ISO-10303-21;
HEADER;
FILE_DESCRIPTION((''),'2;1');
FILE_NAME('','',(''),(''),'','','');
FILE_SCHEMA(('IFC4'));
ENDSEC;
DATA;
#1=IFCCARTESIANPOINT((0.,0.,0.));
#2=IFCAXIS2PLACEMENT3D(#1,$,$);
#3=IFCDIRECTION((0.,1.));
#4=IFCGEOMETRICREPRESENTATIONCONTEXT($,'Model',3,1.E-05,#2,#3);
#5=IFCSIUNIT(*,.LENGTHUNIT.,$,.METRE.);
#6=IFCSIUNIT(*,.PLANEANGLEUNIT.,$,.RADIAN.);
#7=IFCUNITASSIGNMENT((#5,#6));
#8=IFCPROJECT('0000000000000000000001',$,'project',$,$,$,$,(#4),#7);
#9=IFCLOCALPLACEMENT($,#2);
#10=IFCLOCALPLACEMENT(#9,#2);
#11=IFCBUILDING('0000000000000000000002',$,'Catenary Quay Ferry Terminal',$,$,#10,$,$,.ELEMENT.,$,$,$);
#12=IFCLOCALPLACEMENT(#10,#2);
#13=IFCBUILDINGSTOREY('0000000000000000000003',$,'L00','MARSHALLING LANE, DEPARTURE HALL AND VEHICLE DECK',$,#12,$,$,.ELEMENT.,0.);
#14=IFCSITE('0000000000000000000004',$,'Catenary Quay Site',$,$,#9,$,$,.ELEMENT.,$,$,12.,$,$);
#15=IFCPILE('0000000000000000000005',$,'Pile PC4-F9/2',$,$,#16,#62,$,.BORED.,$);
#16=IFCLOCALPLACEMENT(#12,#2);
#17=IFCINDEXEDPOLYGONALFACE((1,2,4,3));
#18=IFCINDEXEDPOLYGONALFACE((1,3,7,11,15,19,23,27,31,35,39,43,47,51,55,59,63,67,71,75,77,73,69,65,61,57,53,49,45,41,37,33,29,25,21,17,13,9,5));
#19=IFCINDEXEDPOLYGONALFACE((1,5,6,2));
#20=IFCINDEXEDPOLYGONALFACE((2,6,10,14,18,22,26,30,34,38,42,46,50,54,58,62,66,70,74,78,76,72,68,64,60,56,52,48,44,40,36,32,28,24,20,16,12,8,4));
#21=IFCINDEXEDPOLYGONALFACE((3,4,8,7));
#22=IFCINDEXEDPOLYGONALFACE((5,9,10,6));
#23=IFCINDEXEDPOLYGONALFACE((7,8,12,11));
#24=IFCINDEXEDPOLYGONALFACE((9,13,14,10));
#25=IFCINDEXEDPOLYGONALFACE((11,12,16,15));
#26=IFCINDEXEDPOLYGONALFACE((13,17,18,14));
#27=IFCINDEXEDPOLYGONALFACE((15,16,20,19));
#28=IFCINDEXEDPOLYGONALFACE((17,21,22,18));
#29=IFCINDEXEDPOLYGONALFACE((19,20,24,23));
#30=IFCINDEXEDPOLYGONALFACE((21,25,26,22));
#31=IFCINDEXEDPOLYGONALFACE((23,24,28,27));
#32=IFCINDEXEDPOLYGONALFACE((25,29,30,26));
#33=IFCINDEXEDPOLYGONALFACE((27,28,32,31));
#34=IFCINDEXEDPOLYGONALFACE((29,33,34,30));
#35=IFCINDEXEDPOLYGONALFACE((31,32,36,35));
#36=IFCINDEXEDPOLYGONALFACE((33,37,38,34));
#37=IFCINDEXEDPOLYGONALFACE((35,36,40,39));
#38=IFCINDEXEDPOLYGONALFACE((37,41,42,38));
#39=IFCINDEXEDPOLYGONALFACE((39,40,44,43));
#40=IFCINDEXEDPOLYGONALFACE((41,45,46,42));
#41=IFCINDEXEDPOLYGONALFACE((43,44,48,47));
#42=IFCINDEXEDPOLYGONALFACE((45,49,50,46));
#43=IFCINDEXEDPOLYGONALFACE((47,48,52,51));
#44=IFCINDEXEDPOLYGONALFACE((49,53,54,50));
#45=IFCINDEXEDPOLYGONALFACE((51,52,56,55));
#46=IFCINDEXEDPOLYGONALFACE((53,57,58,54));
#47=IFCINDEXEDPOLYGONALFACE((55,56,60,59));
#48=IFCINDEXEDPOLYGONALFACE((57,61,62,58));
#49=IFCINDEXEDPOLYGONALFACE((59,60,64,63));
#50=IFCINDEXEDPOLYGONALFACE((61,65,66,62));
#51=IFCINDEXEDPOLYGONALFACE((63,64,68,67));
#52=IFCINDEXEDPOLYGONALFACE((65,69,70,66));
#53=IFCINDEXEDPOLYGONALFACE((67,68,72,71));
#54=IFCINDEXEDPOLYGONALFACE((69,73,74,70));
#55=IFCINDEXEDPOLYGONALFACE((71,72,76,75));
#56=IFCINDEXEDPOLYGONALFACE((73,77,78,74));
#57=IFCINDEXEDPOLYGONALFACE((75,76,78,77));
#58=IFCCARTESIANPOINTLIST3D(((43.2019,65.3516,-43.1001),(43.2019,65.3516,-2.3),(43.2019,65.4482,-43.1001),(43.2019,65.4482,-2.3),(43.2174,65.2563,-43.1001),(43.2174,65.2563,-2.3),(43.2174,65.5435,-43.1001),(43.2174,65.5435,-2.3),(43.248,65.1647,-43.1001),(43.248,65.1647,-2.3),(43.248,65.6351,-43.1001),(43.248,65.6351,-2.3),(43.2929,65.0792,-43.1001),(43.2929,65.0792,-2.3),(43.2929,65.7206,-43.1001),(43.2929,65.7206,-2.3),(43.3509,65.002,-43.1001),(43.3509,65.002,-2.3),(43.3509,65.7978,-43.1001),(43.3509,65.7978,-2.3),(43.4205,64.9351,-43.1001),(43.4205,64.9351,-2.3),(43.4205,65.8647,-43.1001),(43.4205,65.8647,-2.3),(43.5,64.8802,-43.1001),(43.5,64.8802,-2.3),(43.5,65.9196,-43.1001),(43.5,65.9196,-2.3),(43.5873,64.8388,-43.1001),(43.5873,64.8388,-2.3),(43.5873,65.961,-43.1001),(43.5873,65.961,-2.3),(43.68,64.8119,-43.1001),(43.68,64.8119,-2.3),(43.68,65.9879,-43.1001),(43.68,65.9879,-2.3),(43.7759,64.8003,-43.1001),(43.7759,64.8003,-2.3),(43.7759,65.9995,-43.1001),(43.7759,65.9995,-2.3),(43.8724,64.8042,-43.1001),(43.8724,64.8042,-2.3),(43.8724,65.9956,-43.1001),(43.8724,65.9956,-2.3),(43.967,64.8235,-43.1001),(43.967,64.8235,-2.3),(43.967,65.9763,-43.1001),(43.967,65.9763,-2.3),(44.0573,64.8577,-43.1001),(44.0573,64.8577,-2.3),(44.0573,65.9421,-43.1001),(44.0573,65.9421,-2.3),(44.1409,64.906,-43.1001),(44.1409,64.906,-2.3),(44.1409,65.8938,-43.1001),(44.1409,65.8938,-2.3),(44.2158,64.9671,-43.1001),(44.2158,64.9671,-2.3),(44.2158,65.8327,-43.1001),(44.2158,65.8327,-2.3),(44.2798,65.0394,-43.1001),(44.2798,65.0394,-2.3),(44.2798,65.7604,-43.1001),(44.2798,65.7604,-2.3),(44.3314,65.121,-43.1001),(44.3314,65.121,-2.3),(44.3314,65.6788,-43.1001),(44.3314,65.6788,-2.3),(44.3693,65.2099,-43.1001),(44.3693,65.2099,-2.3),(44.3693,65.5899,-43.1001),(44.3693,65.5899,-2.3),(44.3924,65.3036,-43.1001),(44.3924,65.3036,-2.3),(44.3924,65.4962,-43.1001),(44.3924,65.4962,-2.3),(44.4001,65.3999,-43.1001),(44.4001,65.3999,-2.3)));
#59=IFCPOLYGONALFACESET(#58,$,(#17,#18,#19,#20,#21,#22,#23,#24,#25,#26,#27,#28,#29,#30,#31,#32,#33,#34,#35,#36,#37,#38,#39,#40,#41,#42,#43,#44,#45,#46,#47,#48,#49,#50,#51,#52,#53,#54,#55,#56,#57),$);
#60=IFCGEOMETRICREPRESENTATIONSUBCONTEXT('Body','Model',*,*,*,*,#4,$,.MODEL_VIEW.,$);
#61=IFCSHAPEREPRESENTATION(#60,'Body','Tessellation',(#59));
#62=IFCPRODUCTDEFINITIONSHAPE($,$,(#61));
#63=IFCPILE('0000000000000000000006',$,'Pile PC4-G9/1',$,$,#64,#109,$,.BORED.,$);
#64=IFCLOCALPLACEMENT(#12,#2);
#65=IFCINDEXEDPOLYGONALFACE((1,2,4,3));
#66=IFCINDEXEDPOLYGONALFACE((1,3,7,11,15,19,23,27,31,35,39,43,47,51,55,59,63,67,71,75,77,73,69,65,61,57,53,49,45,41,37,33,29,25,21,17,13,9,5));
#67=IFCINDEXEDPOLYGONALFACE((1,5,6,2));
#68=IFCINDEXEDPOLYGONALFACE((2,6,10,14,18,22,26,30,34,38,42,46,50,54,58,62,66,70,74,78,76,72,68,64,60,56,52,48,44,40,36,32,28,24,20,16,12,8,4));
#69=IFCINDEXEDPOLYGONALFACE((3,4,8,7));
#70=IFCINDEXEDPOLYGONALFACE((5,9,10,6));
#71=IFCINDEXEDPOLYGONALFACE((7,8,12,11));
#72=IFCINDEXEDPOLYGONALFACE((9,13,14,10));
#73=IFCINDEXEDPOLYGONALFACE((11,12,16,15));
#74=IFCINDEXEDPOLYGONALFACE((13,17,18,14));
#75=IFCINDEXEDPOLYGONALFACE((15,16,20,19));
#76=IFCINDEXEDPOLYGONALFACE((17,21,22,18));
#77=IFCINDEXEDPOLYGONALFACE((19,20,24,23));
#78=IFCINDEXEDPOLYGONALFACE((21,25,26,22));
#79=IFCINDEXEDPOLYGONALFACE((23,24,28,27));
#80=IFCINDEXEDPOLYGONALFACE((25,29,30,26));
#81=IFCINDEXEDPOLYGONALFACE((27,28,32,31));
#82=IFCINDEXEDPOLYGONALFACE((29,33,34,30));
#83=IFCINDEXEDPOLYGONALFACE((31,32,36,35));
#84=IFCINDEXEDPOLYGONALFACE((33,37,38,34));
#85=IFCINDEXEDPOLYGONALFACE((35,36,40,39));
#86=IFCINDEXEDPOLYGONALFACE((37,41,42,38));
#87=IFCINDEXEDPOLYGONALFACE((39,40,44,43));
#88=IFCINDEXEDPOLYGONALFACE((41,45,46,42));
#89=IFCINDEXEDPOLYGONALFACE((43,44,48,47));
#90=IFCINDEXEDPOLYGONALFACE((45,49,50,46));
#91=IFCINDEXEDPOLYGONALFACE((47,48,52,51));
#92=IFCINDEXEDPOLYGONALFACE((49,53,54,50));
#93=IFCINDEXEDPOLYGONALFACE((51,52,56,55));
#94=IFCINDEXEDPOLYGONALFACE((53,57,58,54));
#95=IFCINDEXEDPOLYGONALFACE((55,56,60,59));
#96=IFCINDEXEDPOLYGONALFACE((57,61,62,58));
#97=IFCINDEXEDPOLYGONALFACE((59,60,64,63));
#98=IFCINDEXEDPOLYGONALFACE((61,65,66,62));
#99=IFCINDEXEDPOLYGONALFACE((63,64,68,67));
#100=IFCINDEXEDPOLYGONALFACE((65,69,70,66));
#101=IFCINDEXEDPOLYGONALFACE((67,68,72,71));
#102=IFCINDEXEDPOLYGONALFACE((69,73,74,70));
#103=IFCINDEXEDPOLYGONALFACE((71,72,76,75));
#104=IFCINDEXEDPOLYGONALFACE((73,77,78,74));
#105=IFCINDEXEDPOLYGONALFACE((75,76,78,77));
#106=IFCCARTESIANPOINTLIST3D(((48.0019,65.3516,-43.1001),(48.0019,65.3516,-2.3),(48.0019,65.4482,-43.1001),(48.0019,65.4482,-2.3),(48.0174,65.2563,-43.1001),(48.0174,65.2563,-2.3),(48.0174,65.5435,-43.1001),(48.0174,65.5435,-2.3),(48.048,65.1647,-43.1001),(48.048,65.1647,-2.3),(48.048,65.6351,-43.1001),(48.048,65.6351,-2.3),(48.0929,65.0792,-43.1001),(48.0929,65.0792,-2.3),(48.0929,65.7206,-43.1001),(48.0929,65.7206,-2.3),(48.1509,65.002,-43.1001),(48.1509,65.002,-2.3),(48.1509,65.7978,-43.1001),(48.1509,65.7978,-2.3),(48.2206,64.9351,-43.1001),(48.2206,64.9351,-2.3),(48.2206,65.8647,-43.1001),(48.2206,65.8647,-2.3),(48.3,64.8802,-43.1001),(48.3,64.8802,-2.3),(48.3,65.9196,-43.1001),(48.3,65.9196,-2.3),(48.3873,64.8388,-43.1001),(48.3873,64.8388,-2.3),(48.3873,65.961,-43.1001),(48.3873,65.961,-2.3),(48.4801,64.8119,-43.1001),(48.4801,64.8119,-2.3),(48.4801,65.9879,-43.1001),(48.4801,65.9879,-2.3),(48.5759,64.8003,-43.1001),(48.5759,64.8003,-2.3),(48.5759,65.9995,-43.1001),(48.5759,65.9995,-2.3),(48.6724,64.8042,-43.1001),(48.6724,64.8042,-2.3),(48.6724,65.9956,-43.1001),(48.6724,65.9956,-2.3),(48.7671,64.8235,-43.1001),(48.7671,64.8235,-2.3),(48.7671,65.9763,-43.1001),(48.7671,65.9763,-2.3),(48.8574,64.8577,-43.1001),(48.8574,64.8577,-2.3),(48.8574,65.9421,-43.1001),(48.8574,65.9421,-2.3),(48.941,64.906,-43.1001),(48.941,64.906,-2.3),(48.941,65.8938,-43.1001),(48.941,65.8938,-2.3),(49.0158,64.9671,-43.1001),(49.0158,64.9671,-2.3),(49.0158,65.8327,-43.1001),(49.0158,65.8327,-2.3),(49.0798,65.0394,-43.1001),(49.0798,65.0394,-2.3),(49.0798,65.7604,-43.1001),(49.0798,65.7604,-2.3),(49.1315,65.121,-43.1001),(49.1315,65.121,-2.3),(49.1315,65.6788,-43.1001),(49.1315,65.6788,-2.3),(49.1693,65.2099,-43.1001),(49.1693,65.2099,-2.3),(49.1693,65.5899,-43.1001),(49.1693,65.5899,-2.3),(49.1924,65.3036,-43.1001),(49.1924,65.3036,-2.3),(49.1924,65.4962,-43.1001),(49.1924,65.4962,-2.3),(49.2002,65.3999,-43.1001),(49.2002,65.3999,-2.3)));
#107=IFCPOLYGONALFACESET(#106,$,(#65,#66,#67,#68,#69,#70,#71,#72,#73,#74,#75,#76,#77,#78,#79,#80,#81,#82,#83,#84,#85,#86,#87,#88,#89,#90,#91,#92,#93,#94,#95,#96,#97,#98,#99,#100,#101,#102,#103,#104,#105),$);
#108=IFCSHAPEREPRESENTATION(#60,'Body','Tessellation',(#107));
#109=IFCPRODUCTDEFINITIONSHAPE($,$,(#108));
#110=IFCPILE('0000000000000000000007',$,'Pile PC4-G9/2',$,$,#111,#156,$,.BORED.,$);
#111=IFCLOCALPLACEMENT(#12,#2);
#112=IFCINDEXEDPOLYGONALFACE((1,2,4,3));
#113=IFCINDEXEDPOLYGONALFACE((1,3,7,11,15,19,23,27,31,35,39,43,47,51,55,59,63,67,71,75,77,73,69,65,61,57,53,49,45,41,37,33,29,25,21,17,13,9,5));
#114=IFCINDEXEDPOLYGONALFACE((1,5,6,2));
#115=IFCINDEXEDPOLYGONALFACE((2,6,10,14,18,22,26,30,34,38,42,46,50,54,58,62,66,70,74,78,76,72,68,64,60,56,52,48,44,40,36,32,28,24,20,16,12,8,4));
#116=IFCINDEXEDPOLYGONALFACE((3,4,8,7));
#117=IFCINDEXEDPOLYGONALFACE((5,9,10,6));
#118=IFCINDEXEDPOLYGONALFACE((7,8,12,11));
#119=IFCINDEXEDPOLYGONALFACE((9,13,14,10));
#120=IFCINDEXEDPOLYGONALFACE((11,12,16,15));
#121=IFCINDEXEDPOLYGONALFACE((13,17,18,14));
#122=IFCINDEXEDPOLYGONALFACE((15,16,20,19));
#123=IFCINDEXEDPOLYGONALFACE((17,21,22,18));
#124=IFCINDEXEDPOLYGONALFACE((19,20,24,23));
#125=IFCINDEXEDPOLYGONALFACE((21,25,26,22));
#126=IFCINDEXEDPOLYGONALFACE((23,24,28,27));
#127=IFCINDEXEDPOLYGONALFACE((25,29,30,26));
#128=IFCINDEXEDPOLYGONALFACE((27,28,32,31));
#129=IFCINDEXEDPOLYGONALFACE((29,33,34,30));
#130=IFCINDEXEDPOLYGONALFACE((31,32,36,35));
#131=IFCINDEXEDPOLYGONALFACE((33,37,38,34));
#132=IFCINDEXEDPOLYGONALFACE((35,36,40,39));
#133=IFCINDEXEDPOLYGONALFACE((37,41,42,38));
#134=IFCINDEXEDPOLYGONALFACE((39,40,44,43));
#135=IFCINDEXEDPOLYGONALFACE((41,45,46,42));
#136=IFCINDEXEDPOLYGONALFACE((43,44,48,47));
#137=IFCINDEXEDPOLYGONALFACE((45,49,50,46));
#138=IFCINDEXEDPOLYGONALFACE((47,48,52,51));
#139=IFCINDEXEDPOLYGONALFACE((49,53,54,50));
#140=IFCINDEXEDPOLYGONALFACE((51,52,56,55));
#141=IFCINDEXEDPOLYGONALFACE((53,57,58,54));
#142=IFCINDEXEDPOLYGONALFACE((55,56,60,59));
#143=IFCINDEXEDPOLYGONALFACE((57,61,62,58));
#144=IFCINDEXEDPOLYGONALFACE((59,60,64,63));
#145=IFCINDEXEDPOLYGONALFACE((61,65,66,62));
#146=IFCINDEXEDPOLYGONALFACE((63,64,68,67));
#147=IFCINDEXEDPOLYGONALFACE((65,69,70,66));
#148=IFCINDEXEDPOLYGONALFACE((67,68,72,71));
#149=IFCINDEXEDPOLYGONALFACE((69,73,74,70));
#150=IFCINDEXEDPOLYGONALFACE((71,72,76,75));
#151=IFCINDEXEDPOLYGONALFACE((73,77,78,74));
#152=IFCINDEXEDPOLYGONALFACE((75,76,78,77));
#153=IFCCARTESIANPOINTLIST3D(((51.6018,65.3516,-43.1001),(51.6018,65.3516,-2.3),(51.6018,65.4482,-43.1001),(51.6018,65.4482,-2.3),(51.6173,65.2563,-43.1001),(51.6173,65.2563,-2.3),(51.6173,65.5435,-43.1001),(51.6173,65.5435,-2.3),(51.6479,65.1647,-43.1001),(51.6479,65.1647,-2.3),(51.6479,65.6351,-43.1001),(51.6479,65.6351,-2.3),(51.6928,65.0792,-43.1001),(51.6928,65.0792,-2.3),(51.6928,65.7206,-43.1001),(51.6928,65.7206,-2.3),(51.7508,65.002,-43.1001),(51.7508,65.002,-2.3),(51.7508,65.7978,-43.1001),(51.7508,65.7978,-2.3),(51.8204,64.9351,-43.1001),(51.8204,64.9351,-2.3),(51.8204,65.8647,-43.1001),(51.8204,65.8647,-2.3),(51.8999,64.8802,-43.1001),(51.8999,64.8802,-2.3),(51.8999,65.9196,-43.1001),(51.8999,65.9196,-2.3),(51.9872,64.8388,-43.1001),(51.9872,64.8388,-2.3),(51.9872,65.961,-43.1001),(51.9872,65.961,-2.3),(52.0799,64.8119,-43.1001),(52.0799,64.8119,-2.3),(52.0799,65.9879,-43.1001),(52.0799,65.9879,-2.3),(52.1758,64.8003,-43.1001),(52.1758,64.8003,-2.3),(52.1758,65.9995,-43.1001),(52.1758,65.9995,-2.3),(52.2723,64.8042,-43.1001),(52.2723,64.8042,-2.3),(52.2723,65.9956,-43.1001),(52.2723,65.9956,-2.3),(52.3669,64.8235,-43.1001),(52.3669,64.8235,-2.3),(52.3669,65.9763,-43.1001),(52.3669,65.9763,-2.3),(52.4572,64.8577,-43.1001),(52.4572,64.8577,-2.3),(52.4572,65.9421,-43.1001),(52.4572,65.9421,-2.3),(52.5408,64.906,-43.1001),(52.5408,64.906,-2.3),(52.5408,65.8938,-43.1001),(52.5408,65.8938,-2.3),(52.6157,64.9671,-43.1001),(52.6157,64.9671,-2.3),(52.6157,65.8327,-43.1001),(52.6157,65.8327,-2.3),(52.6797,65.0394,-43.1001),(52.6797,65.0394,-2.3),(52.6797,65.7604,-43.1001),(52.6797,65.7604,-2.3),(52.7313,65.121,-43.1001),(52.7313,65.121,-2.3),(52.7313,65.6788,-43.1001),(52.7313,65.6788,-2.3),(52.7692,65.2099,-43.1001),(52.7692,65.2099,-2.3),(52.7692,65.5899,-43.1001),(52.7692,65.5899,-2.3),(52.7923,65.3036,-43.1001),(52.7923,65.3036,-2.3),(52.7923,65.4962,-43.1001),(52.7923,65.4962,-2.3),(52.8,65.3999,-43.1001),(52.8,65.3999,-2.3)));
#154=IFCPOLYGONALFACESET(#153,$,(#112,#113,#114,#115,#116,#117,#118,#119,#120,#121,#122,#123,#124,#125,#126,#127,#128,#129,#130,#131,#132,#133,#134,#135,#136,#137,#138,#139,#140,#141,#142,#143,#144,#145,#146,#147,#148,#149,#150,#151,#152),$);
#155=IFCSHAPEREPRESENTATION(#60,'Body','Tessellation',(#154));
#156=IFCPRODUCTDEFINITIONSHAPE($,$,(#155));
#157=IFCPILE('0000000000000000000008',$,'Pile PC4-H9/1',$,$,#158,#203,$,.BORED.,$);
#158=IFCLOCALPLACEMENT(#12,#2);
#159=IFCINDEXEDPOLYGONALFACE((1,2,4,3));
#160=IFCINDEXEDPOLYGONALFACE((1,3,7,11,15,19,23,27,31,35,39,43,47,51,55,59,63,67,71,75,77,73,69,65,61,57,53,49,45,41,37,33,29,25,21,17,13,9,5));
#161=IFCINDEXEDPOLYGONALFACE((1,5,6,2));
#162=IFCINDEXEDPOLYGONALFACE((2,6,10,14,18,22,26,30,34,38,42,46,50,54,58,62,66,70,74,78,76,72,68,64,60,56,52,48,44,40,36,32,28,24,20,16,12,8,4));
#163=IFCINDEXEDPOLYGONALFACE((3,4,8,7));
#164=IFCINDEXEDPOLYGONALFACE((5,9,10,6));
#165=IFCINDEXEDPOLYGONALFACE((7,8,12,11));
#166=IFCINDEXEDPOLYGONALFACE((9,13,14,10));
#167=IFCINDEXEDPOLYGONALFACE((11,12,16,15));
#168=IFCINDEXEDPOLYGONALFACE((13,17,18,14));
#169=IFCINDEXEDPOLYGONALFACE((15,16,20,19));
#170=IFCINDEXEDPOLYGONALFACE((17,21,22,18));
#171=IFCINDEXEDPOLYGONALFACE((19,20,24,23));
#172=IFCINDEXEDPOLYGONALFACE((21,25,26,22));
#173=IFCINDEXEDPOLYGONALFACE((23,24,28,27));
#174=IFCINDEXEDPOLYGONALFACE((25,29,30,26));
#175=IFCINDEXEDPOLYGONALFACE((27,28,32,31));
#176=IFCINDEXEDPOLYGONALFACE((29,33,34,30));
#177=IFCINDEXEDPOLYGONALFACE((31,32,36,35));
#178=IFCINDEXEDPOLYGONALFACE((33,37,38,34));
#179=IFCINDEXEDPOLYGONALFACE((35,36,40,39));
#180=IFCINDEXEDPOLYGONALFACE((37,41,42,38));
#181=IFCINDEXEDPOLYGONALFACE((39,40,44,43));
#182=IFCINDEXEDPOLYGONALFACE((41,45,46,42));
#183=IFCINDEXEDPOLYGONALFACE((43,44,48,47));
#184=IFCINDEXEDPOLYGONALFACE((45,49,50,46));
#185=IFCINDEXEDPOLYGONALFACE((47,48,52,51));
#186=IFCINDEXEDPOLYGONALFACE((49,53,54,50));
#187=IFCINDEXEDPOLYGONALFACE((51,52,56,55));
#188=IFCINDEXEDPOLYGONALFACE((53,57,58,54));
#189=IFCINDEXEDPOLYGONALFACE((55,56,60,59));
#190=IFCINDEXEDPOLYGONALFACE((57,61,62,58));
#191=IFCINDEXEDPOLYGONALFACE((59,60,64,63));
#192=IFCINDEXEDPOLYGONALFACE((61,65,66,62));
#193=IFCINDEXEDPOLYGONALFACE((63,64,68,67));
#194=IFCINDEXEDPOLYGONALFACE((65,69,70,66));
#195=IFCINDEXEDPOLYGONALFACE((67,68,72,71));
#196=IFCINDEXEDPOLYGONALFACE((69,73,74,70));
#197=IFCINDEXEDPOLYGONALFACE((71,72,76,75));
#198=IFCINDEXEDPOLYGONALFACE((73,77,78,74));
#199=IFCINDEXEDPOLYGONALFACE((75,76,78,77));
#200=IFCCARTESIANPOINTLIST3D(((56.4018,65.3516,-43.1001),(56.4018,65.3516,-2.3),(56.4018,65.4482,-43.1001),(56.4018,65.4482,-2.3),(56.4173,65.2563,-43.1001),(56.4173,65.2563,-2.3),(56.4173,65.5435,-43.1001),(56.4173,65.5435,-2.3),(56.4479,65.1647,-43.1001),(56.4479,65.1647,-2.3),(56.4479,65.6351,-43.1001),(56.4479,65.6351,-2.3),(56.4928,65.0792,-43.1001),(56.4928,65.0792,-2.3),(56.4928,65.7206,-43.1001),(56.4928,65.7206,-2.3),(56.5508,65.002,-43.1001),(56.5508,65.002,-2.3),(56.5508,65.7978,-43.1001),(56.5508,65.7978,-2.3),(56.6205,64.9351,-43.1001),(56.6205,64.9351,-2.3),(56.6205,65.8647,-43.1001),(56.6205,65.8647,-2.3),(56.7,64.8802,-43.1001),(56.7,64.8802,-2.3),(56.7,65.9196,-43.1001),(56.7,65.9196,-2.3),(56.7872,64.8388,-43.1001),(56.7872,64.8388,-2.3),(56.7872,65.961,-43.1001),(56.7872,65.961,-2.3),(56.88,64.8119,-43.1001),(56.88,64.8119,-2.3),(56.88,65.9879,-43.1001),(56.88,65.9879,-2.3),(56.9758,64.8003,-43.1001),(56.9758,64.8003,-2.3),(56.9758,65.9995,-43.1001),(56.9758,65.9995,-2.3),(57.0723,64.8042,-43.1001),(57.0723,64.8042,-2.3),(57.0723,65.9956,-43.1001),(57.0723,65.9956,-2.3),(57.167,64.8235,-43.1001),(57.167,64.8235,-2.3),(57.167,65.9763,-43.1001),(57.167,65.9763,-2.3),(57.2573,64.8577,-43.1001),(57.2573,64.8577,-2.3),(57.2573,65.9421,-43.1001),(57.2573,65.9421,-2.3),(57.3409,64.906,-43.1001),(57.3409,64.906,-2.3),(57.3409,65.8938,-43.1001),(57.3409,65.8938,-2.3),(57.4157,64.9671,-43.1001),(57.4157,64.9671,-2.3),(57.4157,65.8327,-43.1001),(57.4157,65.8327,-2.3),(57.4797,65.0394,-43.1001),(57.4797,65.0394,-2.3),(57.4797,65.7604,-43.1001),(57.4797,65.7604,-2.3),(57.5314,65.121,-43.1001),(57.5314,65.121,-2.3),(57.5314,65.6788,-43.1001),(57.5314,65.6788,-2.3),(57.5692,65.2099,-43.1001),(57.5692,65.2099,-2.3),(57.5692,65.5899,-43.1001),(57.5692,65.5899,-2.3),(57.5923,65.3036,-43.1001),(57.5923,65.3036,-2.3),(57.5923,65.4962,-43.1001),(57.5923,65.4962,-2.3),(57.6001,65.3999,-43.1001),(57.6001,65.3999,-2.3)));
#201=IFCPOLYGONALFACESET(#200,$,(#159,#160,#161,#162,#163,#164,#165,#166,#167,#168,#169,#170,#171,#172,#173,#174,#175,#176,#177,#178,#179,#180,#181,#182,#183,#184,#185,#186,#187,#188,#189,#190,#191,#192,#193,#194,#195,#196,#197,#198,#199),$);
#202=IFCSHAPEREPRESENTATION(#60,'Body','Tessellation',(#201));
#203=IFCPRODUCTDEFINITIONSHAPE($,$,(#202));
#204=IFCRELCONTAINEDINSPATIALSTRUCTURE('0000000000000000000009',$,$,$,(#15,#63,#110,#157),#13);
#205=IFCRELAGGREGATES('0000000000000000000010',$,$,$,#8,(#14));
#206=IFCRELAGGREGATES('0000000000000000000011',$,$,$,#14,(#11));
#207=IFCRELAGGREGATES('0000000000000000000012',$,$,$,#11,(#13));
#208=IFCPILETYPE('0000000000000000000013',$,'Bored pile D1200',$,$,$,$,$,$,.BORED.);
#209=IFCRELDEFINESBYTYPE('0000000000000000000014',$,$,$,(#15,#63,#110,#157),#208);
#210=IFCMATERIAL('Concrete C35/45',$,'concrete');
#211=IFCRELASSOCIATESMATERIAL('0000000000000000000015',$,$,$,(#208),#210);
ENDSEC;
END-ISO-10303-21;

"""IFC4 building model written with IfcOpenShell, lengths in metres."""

from ifc_helpers import new_model, si_unit, direction, frame, origin, origin_2d, place, context, subcontext, project, spatial, circle, extrude, material, material_profile, profile_set, type_object, element, save


model = new_model("IFC4")

# Units and contexts
model_context = context("Model", 3, precision=1e-05, world=origin(), true_north=direction((0.0, 1.0)))
body_context = subcontext(model_context, "Body", "Model", "MODEL_VIEW")
ifc_project = project(units=[si_unit("LENGTHUNIT", "METRE"), si_unit("PLANEANGLEUNIT", "RADIAN")], contexts=[model_context])

# Site, building, storey
site_placement = place(None, origin())
site = spatial("IfcSite", under=ifc_project, at=site_placement, Name="Catenary Quay Site", CompositionType="ELEMENT", RefElevation=12.0)
building_placement = place(site_placement, origin())
building = spatial("IfcBuilding", under=site, at=building_placement, Name="Catenary Quay Ferry Terminal", CompositionType="ELEMENT")
storey_placement = place(building_placement, origin())
storey = spatial("IfcBuildingStorey", under=building, at=storey_placement, Name="L00", Description="MARSHALLING LANE, DEPARTURE HALL AND VEHICLE DECK", CompositionType="ELEMENT", Elevation=0.0)

# Piles
ifc_material_1 = material(Name="Concrete C35/45", Category="concrete")
ifc_material_profile_1 = material_profile(ifc_material_1, circle(Radius=0.6001, at=origin_2d()), Name="D1200")
ifc_profile_set_1 = profile_set([ifc_material_profile_1], Name="Concrete C35/45")
pile_type = type_object("IfcPileType", Name="Bored pile D1200", PredefinedType="BORED", material=ifc_profile_set_1)
for number, where, z_axis, x_axis, name in (
    (1, (43.8, 65.3999, -2.3), (0.0, 0.0, -1.0), (1.0, 0.0, 0.0), "Pile PC4-F9/2"),
    (2, (48.6001, 65.3999, -2.3), (0.0, 0.0, -1.0), (1.0, 0.0, 0.0), "Pile PC4-G9/1"),
    (3, (52.2, 65.3999, -2.3), (0.0, 0.0, -1.0), (1.0, 0.0, 0.0), "Pile PC4-G9/2"),
    (4, (57.0, 65.3999, -2.3), (0.0, 0.0, -1.0), (1.0, 0.0, 0.0), "Pile PC4-H9/1"),
):
    element("IfcPile", number, at=place(storey_placement, frame(where, z_axis=z_axis, x_axis=x_axis)), inside=storey, type_object=pile_type, Name=name, PredefinedType="BORED", context=body_context, shape_type="SweptSolid", body=[
        extrude(circle(Radius=0.6001, at=origin_2d()), origin(), (0.0, 0.0, 1.0), 40.8),
    ])

save(model, "model.ifc")
